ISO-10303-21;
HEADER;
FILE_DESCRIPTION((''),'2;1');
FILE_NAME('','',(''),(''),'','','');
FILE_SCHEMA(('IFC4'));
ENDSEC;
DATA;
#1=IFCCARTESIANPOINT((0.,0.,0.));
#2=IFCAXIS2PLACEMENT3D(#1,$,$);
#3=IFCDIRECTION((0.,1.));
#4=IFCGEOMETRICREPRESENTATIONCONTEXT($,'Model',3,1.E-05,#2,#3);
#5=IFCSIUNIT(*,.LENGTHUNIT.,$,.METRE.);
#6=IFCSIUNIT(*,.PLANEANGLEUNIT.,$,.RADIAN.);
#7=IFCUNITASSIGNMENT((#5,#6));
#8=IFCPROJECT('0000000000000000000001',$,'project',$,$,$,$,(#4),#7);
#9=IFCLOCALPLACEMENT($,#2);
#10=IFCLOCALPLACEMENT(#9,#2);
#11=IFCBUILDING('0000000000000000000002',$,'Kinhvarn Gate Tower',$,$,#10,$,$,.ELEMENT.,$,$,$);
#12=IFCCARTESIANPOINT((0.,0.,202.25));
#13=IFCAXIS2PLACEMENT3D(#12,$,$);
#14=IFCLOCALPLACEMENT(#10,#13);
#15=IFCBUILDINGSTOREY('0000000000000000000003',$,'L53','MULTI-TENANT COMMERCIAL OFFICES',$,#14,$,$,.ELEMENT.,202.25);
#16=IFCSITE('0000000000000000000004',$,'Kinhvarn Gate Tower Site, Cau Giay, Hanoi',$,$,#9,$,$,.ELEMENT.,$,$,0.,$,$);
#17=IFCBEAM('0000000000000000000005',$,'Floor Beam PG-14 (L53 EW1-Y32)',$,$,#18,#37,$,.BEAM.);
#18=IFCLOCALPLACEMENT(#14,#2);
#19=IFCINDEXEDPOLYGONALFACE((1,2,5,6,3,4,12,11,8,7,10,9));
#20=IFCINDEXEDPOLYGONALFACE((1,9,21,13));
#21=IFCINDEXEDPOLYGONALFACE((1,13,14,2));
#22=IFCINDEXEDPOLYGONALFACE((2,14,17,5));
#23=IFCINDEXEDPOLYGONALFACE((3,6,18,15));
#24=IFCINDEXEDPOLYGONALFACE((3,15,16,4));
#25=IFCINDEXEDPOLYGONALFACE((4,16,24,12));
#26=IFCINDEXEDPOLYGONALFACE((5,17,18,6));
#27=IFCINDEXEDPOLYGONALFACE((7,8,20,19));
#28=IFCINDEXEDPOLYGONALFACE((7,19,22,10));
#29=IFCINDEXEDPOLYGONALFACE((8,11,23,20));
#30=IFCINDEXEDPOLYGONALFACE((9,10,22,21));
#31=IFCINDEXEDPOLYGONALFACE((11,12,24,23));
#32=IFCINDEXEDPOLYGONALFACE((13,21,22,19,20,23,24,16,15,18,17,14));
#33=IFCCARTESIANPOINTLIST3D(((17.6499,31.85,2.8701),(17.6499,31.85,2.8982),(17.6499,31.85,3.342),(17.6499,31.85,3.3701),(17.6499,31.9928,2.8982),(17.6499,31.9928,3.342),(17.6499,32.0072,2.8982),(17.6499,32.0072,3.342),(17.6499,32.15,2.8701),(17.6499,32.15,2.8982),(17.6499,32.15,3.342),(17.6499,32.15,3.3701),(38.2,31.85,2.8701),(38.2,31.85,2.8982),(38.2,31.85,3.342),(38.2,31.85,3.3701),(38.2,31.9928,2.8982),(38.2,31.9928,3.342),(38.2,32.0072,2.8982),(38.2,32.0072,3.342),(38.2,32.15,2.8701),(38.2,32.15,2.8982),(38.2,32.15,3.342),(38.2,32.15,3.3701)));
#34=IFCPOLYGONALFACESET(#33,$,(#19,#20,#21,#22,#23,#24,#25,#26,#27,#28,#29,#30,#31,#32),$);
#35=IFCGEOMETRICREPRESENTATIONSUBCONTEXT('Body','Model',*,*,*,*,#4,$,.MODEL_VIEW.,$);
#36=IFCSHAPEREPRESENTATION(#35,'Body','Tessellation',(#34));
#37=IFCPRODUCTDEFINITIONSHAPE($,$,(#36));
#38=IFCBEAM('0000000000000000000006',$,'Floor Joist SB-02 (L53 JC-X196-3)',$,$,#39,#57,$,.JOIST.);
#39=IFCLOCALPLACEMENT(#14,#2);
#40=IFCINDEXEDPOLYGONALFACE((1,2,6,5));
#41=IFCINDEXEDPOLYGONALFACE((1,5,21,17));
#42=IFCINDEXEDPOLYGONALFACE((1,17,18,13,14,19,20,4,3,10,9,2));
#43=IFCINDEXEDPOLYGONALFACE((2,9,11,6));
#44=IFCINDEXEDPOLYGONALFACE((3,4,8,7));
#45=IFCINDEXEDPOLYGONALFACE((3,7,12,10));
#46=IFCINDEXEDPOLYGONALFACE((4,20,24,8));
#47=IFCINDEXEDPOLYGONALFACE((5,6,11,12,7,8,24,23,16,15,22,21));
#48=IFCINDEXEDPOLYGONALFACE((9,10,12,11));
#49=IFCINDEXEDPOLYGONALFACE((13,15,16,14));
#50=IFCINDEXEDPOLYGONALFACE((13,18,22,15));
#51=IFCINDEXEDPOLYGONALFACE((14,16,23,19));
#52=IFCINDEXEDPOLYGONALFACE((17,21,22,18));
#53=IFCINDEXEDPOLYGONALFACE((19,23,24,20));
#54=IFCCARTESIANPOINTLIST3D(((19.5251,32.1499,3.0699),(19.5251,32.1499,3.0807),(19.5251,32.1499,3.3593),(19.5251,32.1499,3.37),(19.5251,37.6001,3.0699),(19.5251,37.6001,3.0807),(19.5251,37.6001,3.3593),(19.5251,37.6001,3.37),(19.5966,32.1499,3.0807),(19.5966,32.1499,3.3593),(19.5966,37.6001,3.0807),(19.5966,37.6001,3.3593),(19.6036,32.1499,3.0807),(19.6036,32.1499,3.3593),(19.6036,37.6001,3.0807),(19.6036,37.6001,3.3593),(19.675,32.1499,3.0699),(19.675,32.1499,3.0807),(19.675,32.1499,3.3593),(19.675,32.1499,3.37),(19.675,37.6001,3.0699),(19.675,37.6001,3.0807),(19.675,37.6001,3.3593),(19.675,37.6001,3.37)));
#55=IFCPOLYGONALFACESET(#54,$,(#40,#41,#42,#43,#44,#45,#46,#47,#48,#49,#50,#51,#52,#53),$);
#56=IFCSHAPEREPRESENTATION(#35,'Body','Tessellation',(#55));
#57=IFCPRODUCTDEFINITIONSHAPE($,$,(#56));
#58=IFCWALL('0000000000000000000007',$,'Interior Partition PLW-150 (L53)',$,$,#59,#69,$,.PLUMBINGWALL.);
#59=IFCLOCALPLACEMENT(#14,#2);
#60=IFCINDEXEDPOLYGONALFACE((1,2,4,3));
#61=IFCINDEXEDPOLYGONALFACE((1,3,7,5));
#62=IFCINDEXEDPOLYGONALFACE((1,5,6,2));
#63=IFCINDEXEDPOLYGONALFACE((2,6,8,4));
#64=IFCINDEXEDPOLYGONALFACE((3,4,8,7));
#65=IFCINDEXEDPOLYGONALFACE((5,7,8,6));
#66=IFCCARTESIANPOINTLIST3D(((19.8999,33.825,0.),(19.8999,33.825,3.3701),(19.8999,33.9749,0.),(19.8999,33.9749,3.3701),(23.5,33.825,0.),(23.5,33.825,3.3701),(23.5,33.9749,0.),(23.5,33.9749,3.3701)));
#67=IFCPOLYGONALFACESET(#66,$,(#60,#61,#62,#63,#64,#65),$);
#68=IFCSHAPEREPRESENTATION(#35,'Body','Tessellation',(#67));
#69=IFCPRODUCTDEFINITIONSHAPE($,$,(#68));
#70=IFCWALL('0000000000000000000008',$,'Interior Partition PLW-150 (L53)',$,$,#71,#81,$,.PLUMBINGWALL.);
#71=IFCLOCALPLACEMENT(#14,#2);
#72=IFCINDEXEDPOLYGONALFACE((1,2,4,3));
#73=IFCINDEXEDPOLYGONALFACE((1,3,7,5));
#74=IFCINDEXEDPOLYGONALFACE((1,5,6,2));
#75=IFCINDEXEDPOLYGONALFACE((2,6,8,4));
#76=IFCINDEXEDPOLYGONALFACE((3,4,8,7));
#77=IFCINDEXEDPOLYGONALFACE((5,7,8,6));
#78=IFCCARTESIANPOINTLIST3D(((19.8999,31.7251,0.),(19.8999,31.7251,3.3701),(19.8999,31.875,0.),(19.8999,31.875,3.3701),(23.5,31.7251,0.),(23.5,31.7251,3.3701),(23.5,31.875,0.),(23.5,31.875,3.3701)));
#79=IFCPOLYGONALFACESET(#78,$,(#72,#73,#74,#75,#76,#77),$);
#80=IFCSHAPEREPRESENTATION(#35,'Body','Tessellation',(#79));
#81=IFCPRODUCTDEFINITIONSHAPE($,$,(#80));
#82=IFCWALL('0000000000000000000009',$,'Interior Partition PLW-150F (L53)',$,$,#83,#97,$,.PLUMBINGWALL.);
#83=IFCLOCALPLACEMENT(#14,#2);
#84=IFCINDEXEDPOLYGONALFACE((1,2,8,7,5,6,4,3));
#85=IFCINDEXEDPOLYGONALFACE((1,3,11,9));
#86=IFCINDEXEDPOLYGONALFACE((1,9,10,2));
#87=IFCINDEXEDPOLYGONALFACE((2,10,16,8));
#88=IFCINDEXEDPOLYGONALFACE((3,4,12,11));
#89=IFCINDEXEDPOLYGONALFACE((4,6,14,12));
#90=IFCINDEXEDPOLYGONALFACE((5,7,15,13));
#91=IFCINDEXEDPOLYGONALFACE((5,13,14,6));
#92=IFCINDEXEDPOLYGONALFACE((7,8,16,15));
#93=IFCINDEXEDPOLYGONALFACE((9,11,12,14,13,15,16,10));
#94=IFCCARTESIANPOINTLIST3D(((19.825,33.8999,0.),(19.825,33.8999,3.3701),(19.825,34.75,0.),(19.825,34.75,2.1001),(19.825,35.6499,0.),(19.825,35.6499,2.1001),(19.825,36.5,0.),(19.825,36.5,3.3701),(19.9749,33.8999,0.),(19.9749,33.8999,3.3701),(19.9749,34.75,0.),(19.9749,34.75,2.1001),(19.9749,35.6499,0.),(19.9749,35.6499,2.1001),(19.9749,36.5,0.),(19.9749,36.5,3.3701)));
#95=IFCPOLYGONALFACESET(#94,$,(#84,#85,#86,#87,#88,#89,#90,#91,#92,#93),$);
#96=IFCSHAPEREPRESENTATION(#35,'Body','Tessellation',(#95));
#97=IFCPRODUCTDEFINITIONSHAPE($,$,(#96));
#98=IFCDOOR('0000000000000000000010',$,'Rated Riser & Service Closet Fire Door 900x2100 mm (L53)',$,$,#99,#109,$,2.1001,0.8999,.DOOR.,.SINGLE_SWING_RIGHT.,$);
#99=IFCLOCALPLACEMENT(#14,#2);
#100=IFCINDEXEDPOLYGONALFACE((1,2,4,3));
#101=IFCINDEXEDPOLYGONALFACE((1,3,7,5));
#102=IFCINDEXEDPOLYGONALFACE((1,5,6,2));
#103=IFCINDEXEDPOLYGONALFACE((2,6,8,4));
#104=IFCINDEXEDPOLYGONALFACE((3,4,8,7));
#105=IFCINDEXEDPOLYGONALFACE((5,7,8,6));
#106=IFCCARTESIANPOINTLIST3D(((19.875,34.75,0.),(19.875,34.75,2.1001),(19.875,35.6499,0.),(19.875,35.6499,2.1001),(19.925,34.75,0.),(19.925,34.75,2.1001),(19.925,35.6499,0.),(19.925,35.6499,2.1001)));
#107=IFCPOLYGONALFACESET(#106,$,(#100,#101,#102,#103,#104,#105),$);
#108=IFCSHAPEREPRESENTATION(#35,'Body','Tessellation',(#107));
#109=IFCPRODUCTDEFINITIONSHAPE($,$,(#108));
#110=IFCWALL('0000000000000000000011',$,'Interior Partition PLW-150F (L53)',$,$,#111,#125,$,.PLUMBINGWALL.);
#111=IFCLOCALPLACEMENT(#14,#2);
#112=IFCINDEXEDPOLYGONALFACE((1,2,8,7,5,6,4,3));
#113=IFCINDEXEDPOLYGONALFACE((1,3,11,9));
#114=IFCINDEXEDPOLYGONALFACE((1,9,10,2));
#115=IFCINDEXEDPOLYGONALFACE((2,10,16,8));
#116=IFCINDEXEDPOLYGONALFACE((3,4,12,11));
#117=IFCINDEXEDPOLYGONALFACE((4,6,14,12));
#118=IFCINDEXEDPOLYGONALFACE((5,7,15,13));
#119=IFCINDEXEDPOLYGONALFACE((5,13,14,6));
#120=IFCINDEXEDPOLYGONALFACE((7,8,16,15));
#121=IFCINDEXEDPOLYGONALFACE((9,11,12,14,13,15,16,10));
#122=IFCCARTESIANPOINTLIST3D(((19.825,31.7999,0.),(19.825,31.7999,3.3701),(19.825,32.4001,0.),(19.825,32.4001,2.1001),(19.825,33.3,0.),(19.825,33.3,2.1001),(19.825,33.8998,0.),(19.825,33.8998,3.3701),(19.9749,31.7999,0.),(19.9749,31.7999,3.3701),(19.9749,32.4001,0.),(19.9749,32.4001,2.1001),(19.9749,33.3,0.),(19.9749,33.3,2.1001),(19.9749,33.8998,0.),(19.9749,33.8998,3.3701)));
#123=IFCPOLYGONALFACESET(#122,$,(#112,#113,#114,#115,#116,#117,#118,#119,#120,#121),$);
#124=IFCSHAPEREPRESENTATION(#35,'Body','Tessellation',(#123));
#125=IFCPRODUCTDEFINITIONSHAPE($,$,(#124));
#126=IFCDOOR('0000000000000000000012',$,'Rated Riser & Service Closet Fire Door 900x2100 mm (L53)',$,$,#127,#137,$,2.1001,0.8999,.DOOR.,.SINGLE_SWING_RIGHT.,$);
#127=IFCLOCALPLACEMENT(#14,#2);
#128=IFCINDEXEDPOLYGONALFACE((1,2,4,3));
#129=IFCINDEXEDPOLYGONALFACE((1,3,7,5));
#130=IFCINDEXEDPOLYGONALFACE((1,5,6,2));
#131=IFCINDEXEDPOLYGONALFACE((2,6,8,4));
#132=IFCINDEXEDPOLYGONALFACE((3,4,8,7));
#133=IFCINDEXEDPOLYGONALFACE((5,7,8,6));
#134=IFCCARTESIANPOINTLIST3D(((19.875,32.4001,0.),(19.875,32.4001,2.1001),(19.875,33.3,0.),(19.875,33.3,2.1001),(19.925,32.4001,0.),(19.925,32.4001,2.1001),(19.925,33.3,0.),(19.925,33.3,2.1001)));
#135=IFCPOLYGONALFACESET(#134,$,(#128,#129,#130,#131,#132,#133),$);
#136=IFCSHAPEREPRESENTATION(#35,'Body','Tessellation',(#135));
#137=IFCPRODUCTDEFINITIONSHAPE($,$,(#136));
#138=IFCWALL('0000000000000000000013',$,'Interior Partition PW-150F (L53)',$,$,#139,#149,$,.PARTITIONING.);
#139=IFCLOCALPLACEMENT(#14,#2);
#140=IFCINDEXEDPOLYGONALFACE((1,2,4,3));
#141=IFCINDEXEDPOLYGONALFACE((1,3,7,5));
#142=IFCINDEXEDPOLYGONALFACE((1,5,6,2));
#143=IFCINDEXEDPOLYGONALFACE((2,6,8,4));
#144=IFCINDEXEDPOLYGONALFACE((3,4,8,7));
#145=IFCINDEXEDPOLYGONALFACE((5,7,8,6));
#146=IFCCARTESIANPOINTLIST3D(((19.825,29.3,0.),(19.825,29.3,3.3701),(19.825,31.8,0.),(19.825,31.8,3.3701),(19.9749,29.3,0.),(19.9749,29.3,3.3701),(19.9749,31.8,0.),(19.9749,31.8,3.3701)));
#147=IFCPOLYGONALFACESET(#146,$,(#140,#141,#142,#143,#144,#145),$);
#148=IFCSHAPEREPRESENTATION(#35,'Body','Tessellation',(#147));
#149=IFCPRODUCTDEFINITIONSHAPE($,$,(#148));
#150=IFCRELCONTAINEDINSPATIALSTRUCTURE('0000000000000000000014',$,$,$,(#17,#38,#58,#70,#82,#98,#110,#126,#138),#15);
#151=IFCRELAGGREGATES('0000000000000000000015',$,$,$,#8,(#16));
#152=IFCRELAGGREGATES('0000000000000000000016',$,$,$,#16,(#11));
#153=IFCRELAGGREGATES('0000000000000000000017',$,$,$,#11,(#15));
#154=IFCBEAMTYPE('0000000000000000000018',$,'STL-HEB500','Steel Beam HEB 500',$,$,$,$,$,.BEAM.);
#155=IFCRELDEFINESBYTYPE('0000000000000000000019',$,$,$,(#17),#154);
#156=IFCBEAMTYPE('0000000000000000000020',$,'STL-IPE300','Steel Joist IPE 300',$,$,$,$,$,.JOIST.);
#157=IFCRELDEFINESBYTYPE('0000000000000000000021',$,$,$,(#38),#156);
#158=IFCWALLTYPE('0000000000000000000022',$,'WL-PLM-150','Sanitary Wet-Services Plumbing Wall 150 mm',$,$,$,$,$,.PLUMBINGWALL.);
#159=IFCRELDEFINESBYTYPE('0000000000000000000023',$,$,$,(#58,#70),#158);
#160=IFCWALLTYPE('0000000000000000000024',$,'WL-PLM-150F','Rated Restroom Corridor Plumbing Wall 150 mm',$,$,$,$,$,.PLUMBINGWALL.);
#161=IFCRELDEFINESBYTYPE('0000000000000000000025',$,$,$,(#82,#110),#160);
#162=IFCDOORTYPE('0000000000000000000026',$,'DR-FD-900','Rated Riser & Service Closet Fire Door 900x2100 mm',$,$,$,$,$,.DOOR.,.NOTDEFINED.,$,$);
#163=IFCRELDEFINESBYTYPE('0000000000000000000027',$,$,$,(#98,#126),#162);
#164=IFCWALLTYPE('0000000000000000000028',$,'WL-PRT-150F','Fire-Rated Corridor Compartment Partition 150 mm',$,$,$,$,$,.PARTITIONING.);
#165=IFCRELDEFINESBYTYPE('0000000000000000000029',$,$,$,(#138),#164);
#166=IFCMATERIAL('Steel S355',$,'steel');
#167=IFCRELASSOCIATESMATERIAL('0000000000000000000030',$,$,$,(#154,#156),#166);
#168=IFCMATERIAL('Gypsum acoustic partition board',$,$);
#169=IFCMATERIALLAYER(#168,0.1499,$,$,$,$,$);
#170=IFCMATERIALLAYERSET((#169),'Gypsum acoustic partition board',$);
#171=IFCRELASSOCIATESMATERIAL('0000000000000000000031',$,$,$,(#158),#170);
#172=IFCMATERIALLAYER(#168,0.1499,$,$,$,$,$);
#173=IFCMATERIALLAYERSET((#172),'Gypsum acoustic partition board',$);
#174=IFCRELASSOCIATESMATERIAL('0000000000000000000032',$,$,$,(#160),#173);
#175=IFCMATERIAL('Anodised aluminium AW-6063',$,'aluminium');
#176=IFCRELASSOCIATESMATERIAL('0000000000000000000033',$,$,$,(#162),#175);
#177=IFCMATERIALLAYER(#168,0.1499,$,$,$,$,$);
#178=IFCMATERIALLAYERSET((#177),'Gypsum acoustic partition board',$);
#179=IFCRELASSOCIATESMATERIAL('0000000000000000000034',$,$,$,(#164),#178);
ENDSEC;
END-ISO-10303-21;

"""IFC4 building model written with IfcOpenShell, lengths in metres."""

from ifc_helpers import new_model, si_unit, direction, frame, frame_2d, origin, origin_2d, place, context, subcontext, project, spatial, rectangle, i_section, extrude, material, layer, layer_set, material_profile, profile_set, type_object, element, fill, save


model = new_model("IFC4")

# Units and contexts
model_context = context("Model", 3, precision=1e-05, world=origin(), true_north=direction((0.0, 1.0)))
body_context = subcontext(model_context, "Body", "Model", "MODEL_VIEW")
ifc_project = project(units=[si_unit("LENGTHUNIT", "METRE"), si_unit("PLANEANGLEUNIT", "RADIAN")], contexts=[model_context])

# Site, building, storey
site_placement = place(None, origin())
site = spatial("IfcSite", under=ifc_project, at=site_placement, Name="Kinhvarn Gate Tower Site, Cau Giay, Hanoi", CompositionType="ELEMENT", RefElevation=0.0)
building_placement = place(site_placement, origin())
building = spatial("IfcBuilding", under=site, at=building_placement, Name="Kinhvarn Gate Tower", CompositionType="ELEMENT")
storey_placement = place(building_placement, frame((0.0, 0.0, 202.25)))
storey = spatial("IfcBuildingStorey", under=building, at=storey_placement, Name="L53", Description="MULTI-TENANT COMMERCIAL OFFICES", CompositionType="ELEMENT", Elevation=202.25)

# Beams
ifc_material_1 = material(Name="Steel S355", Category="steel")
ifc_material_profile_1 = material_profile(ifc_material_1, i_section(OverallWidth=0.3, OverallDepth=0.5, WebThickness=0.0144, FlangeThickness=0.0281, at=origin_2d()), Name="HEB 500")
ifc_profile_set_1 = profile_set([ifc_material_profile_1], Name="Steel S355")
beam_type_1 = type_object("IfcBeamType", Name="STL-HEB500", Description="Steel Beam HEB 500", PredefinedType="BEAM", material=ifc_profile_set_1)
beam_1_placement = place(storey_placement, frame((17.6499, 32.0, 3.1201), z_axis=(1.0, 0.0, 0.0), x_axis=(0.0, 1.0, 0.0)))
element("IfcBeam", 1, at=beam_1_placement, inside=storey, type_object=beam_type_1, Name="Floor Beam PG-14 (L53 EW1-Y32)", PredefinedType="BEAM", context=body_context, shape_type="SweptSolid", body=[
    extrude(i_section(OverallWidth=0.3, OverallDepth=0.5, WebThickness=0.0144, FlangeThickness=0.0281, at=origin_2d()), origin(), (0.0, 0.0, 1.0), 20.55),
])
ifc_material_profile_2 = material_profile(ifc_material_1, i_section(OverallWidth=0.1499, OverallDepth=0.3, WebThickness=0.0071, FlangeThickness=0.0107, at=origin_2d()), Name="IPE 300")
ifc_profile_set_2 = profile_set([ifc_material_profile_2], Name="Steel S355")
beam_type_2 = type_object("IfcBeamType", Name="STL-IPE300", Description="Steel Joist IPE 300", PredefinedType="JOIST", material=ifc_profile_set_2)
beam_2_placement = place(storey_placement, frame((19.6001, 32.1499, 3.22), z_axis=(0.0, 1.0, 0.0), x_axis=(-1.0, 0.0, 0.0)))
element("IfcBeam", 2, at=beam_2_placement, inside=storey, type_object=beam_type_2, Name="Floor Joist SB-02 (L53 JC-X196-3)", PredefinedType="JOIST", context=body_context, shape_type="SweptSolid", body=[
    extrude(i_section(OverallWidth=0.1499, OverallDepth=0.3, WebThickness=0.0071, FlangeThickness=0.0107, at=origin_2d()), origin(), (0.0, 0.0, 1.0), 5.4502),
])

# Walls
ifc_material_2 = material(Name="Gypsum acoustic partition board")
ifc_layer_1 = layer(ifc_material_2, 0.1499)
ifc_layer_set_1 = layer_set([ifc_layer_1], Name="Gypsum acoustic partition board")
wall_type_1 = type_object("IfcWallType", Name="WL-PLM-150", Description="Sanitary Wet-Services Plumbing Wall 150 mm", PredefinedType="PLUMBINGWALL", material=ifc_layer_set_1)
for number, where, z_axis, x_axis, name in (
    (3, (19.8999, 33.8999, 0.0), (0.0, 0.0, 1.0), (1.0, 0.0, 0.0), "Interior Partition PLW-150 (L53)"),
    (4, (19.8999, 31.8, 0.0), (0.0, 0.0, 1.0), (1.0, 0.0, 0.0), "Interior Partition PLW-150 (L53)"),
):
    element("IfcWall", number, at=place(storey_placement, frame(where, z_axis=z_axis, x_axis=x_axis)), inside=storey, type_object=wall_type_1, Name=name, PredefinedType="PLUMBINGWALL", context=body_context, shape_type="SweptSolid", body=[
        extrude(rectangle(XDim=3.6001, YDim=0.1499, at=frame_2d((1.8, 0.0))), origin(), (0.0, 0.0, 1.0), 3.3701),
    ])

# Walls, openings, doors
ifc_layer_2 = layer(ifc_material_2, 0.1499)
ifc_layer_set_2 = layer_set([ifc_layer_2], Name="Gypsum acoustic partition board")
wall_type_2 = type_object("IfcWallType", Name="WL-PLM-150F", Description="Rated Restroom Corridor Plumbing Wall 150 mm", PredefinedType="PLUMBINGWALL", material=ifc_layer_set_2)
wall_1_placement = place(storey_placement, frame((19.8999, 33.8999, 0.0), z_axis=(0.0, 0.0, 1.0), x_axis=(0.0, 1.0, 0.0)))
wall_1 = element("IfcWall", 5, at=wall_1_placement, inside=storey, type_object=wall_type_2, Name="Interior Partition PLW-150F (L53)", PredefinedType="PLUMBINGWALL", context=body_context, shape_type="SweptSolid", body=[
    extrude(rectangle(XDim=2.6001, YDim=0.1499, at=frame_2d((1.3, 0.0))), origin(), (0.0, 0.0, 1.0), 3.3701),
])
opening_1_placement = place(wall_1_placement, frame((0.8501, 0.0, 0.0)))
opening_1 = element("IfcOpeningElement", 6, at=opening_1_placement, cuts=wall_1, PredefinedType="OPENING", context=body_context, shape_type="SweptSolid", body=[
    extrude(rectangle(XDim=0.8999, YDim=2.1001, at=frame_2d((0.45, 1.05))), frame((0.0, 0.085, 0.0), z_axis=(0.0, -1.0, 0.0), x_axis=(1.0, 0.0, 0.0)), (0.0, 0.0, 1.0), 0.1699),
])
ifc_material_3 = material(Name="Anodised aluminium AW-6063", Category="aluminium")
door_type_1 = type_object("IfcDoorType", Name="DR-FD-900", Description="Rated Riser & Service Closet Fire Door 900x2100 mm", OperationType="NOTDEFINED", PredefinedType="DOOR", material=ifc_material_3)
door_1_placement = place(opening_1_placement, origin())
door_1 = element("IfcDoor", 7, at=door_1_placement, inside=storey, type_object=door_type_1, Name="Rated Riser & Service Closet Fire Door 900x2100 mm (L53)", OperationType="SINGLE_SWING_RIGHT", OverallHeight=2.1001, OverallWidth=0.8999, PredefinedType="DOOR", context=body_context, shape_type="SweptSolid", body=[
    extrude(rectangle(XDim=0.8999, YDim=2.1001, at=frame_2d((0.45, 1.05))), frame((0.0, 0.0249, 0.0), z_axis=(0.0, -1.0, 0.0), x_axis=(1.0, 0.0, 0.0)), (0.0, 0.0, 1.0), 0.05),
])
fill(opening_1, door_1)
wall_2_placement = place(storey_placement, frame((19.8999, 31.8, 0.0), z_axis=(0.0, 0.0, 1.0), x_axis=(0.0, 1.0, 0.0)))
wall_2 = element("IfcWall", 8, at=wall_2_placement, inside=storey, type_object=wall_type_2, Name="Interior Partition PLW-150F (L53)", PredefinedType="PLUMBINGWALL", context=body_context, shape_type="SweptSolid", body=[
    extrude(rectangle(XDim=2.0999, YDim=0.1499, at=frame_2d((1.0498, 0.0))), origin(), (0.0, 0.0, 1.0), 3.3701),
])
opening_2_placement = place(wall_2_placement, frame((0.6001, 0.0, 0.0)))
opening_2 = element("IfcOpeningElement", 9, at=opening_2_placement, cuts=wall_2, PredefinedType="OPENING", context=body_context, shape_type="SweptSolid", body=[
    extrude(rectangle(XDim=0.8999, YDim=2.1001, at=frame_2d((0.45, 1.05))), frame((0.0, 0.085, 0.0), z_axis=(0.0, -1.0, 0.0), x_axis=(1.0, 0.0, 0.0)), (0.0, 0.0, 1.0), 0.1699),
])
door_2_placement = place(opening_2_placement, origin())
door_2 = element("IfcDoor", 10, at=door_2_placement, inside=storey, type_object=door_type_1, Name="Rated Riser & Service Closet Fire Door 900x2100 mm (L53)", OperationType="SINGLE_SWING_RIGHT", OverallHeight=2.1001, OverallWidth=0.8999, PredefinedType="DOOR", context=body_context, shape_type="SweptSolid", body=[
    extrude(rectangle(XDim=0.8999, YDim=2.1001, at=frame_2d((0.45, 1.05))), frame((0.0, 0.0249, 0.0), z_axis=(0.0, -1.0, 0.0), x_axis=(1.0, 0.0, 0.0)), (0.0, 0.0, 1.0), 0.05),
])
fill(opening_2, door_2)

# Wall
ifc_layer_3 = layer(ifc_material_2, 0.1499)
ifc_layer_set_3 = layer_set([ifc_layer_3], Name="Gypsum acoustic partition board")
wall_type_3 = type_object("IfcWallType", Name="WL-PRT-150F", Description="Fire-Rated Corridor Compartment Partition 150 mm", PredefinedType="PARTITIONING", material=ifc_layer_set_3)
wall_3_placement = place(storey_placement, frame((19.8999, 29.3, 0.0), z_axis=(0.0, 0.0, 1.0), x_axis=(0.0, 1.0, 0.0)))
element("IfcWall", 11, at=wall_3_placement, inside=storey, type_object=wall_type_3, Name="Interior Partition PW-150F (L53)", PredefinedType="PARTITIONING", context=body_context, shape_type="SweptSolid", body=[
    extrude(rectangle(XDim=2.5, YDim=0.1499, at=frame_2d((1.25, 0.0))), origin(), (0.0, 0.0, 1.0), 3.3701),
])

save(model, "model.ifc")
